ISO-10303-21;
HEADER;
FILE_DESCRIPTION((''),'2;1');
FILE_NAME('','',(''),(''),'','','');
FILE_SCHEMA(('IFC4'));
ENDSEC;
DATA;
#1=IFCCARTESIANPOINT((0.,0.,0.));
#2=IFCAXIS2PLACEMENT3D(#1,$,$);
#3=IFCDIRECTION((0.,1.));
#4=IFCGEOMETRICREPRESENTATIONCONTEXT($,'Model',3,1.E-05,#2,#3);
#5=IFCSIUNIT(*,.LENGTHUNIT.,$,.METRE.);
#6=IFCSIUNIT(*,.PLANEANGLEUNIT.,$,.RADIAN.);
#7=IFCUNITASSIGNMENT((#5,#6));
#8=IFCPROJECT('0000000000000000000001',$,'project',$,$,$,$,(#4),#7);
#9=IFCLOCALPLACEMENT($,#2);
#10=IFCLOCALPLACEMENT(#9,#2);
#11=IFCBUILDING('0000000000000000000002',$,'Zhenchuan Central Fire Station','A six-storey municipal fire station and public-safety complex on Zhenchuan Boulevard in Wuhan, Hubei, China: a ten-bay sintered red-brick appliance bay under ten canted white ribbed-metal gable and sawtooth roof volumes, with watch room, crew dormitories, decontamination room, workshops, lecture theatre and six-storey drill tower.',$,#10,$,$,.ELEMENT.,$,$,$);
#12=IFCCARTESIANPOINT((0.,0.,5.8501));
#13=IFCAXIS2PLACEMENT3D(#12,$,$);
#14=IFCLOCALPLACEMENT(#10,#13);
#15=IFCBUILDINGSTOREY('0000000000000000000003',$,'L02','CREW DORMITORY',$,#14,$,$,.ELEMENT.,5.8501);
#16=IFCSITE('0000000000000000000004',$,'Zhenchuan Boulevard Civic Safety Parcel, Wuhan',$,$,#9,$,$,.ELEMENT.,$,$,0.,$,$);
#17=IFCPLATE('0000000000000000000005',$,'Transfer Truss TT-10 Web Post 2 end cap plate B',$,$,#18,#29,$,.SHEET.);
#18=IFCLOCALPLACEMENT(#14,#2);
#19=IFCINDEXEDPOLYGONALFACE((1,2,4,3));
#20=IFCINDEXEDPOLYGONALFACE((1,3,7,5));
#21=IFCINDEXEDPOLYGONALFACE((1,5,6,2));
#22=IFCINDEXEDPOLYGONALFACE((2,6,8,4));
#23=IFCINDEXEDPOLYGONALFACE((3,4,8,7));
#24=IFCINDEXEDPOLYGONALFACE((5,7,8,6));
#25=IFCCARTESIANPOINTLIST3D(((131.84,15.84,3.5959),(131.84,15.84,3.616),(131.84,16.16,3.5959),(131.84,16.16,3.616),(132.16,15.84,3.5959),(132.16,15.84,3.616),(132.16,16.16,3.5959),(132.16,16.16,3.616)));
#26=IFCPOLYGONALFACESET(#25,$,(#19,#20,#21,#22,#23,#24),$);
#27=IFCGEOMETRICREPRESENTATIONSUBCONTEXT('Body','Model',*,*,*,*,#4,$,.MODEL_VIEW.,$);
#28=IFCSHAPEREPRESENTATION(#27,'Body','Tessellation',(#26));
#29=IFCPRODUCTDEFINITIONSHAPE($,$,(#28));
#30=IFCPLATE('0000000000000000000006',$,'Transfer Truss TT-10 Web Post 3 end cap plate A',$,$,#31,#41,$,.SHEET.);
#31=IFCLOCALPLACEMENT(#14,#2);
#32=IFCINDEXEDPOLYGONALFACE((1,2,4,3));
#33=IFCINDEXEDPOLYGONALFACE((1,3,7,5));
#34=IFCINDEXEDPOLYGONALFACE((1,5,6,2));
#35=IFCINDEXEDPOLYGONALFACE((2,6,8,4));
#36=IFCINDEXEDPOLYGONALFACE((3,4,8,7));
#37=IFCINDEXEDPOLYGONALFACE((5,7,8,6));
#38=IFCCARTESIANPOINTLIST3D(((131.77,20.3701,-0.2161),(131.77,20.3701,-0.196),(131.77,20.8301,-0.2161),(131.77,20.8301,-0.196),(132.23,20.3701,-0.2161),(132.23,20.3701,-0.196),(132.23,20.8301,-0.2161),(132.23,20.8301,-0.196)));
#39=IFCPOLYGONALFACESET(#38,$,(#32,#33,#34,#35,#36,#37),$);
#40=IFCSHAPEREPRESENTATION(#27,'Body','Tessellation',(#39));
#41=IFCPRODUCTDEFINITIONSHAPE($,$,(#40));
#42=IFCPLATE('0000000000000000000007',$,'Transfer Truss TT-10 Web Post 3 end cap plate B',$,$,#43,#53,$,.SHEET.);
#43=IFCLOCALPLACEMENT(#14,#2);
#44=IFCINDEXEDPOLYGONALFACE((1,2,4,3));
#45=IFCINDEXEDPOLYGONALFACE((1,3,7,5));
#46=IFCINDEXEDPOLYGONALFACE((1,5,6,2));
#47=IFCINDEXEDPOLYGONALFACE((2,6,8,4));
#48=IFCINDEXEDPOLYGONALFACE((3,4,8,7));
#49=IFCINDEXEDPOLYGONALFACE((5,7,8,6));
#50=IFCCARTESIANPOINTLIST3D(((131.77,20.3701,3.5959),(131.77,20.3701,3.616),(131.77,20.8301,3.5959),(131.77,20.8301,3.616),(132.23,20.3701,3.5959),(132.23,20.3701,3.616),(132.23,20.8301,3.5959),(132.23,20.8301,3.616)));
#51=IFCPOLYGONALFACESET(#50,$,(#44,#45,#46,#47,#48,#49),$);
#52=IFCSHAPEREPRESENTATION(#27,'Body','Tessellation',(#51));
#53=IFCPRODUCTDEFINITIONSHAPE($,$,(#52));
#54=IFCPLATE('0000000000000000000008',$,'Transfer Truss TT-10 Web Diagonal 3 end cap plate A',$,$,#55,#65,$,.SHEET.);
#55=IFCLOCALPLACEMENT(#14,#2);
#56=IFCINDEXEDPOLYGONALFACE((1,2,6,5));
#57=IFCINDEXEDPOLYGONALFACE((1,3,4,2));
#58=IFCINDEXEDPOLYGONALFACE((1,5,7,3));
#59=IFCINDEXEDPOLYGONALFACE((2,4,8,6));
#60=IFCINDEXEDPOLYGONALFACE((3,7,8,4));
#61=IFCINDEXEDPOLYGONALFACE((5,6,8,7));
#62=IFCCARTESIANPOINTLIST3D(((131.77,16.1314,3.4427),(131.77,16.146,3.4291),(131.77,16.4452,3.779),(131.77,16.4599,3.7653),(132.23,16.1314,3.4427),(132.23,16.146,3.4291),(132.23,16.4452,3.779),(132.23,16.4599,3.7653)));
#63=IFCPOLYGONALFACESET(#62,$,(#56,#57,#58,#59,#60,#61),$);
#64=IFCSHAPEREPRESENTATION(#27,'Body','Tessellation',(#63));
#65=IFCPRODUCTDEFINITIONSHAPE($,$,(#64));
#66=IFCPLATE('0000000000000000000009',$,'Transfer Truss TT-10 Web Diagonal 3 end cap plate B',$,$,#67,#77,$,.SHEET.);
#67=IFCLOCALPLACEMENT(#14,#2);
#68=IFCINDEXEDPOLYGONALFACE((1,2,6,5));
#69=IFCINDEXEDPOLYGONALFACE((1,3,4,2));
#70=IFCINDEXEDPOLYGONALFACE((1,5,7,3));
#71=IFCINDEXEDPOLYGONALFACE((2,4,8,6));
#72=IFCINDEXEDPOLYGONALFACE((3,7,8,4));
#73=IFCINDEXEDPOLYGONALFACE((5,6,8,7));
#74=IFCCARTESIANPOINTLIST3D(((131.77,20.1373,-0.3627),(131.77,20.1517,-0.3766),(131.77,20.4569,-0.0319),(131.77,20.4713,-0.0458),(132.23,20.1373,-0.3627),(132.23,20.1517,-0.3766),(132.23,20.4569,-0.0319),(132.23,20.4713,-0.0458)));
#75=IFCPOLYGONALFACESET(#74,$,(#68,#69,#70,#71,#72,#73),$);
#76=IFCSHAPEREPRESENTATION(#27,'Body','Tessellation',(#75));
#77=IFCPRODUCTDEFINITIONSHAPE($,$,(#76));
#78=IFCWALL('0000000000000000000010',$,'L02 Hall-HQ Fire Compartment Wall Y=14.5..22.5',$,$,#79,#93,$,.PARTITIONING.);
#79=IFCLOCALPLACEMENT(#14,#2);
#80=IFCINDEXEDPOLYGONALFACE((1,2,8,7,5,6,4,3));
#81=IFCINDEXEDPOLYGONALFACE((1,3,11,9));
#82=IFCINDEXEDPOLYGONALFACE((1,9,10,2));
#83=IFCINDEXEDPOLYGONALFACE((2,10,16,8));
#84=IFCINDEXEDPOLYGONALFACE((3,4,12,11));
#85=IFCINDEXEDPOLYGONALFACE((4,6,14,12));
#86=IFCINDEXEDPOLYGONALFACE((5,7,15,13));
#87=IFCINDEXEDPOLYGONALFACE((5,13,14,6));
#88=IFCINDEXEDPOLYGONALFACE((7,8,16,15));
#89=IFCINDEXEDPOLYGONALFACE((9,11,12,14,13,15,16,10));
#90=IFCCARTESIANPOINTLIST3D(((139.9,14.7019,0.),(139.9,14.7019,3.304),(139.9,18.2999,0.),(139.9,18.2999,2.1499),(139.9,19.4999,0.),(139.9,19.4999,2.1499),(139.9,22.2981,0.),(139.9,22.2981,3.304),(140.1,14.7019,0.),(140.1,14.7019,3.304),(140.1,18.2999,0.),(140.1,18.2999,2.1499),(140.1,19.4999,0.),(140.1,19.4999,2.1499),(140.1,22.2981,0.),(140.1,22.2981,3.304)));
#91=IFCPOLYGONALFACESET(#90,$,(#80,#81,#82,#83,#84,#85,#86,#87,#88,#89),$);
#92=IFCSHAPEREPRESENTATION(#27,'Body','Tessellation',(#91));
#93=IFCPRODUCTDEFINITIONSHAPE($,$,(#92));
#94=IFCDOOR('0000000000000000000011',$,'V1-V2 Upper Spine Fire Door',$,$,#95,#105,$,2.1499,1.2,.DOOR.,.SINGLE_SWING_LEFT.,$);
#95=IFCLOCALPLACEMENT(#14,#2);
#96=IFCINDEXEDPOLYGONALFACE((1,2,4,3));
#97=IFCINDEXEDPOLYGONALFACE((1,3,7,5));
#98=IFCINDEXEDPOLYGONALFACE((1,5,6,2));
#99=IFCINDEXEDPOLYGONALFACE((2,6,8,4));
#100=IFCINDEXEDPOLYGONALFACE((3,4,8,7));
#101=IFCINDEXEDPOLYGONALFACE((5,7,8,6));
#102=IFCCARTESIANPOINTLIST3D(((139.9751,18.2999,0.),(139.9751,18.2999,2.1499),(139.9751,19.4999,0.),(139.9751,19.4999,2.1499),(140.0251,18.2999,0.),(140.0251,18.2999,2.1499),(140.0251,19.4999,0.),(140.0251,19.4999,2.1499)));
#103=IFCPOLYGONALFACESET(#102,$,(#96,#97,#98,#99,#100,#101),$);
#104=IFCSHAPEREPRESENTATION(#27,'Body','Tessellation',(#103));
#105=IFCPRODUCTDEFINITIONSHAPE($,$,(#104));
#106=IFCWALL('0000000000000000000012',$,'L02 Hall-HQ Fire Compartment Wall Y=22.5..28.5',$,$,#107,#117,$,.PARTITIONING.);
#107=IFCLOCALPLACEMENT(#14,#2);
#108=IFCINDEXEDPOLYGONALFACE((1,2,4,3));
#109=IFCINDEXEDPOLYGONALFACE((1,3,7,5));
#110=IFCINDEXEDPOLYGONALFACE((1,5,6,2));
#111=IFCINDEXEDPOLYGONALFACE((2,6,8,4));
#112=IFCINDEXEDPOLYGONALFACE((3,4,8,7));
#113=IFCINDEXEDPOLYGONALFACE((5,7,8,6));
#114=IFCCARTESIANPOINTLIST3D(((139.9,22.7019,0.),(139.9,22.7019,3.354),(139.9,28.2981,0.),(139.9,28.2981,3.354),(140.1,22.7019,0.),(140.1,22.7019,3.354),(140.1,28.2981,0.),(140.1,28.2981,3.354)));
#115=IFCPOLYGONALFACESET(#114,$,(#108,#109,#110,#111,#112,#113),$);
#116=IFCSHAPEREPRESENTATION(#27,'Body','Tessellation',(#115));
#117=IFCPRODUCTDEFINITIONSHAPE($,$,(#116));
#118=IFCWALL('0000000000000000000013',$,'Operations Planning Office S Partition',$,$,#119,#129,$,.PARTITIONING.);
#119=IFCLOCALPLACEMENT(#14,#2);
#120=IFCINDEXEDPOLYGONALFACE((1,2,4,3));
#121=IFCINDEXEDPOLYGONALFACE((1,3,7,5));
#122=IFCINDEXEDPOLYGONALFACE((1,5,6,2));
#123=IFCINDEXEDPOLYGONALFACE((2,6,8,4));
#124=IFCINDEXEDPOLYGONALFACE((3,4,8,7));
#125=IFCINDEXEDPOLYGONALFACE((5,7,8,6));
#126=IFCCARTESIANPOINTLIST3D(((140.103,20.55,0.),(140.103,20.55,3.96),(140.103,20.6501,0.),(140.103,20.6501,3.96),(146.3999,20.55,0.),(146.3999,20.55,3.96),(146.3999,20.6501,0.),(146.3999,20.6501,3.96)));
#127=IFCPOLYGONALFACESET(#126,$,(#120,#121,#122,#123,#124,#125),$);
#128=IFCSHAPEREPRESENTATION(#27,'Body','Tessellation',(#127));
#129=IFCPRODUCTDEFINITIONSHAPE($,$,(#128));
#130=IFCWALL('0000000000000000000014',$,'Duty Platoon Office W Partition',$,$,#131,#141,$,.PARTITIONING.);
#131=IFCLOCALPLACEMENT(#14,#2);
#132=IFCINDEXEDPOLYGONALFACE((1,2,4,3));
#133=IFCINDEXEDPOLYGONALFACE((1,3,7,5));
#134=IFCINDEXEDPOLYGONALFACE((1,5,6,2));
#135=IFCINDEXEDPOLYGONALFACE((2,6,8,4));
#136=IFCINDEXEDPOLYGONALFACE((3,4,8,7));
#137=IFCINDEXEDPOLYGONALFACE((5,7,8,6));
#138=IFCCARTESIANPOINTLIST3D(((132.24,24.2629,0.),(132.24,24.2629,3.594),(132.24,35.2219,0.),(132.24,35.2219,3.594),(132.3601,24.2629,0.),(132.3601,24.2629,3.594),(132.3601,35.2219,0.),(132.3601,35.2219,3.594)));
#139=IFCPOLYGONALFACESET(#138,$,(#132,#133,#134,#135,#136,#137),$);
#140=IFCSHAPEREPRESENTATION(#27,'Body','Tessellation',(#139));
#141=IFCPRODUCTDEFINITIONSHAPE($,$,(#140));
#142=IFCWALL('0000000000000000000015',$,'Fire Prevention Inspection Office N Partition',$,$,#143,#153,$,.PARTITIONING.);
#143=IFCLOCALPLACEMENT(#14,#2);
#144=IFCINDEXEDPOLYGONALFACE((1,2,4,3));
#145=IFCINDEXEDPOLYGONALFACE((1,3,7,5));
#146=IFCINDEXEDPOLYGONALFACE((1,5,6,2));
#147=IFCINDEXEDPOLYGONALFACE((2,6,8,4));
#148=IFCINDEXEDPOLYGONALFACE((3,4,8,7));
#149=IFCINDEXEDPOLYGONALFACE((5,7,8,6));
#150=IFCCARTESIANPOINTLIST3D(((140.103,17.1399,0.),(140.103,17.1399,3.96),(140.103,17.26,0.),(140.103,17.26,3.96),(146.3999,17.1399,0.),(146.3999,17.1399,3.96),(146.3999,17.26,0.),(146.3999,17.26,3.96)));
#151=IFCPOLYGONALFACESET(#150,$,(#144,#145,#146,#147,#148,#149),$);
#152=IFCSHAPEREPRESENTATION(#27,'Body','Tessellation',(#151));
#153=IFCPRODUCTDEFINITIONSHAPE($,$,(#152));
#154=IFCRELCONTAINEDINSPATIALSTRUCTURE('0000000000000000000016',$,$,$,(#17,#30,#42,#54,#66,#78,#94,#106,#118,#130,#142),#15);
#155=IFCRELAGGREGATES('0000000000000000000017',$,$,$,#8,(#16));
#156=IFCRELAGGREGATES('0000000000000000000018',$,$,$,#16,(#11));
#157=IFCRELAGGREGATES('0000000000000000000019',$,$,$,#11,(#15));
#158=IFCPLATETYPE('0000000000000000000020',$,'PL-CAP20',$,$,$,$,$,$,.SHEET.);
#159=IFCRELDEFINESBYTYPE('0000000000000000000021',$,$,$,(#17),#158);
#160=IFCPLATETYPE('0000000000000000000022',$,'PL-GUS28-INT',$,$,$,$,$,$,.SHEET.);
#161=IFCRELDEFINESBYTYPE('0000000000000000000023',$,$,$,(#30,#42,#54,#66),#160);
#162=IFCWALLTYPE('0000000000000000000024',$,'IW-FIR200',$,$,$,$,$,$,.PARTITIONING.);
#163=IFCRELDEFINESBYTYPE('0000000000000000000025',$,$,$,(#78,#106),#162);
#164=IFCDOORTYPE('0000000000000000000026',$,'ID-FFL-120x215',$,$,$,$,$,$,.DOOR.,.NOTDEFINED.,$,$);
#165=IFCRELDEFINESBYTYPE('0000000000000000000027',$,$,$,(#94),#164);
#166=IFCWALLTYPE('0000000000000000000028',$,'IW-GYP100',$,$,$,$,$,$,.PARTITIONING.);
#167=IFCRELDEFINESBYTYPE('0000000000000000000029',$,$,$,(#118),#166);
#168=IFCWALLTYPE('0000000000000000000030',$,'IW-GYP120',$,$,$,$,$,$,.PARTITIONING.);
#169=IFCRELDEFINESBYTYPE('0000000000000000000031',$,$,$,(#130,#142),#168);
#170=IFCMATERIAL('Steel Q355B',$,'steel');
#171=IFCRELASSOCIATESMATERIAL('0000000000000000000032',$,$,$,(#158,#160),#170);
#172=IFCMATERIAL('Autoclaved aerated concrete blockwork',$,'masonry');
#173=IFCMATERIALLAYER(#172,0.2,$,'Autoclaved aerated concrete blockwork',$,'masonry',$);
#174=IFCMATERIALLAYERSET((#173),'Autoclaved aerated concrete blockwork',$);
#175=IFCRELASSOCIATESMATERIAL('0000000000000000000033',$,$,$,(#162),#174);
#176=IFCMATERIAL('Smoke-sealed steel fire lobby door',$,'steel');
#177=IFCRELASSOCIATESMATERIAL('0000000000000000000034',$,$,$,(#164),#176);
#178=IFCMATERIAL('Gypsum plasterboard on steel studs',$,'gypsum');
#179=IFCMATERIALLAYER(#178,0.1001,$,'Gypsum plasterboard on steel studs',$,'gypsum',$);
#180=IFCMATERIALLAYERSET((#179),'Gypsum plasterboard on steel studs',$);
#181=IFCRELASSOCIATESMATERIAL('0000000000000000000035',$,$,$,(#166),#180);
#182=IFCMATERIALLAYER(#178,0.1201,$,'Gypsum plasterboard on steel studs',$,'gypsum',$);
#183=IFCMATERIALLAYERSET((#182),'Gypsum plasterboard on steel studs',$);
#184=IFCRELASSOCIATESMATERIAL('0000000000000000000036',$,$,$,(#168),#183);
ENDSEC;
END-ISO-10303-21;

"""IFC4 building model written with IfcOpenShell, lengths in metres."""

from ifc_helpers import new_model, si_unit, direction, frame, frame_2d, origin, origin_2d, place, context, subcontext, project, spatial, rectangle, extrude, material, layer, layer_set, material_profile, profile_set, type_object, element, fill, save


model = new_model("IFC4")

# Units and contexts
model_context = context("Model", 3, precision=1e-05, world=origin(), true_north=direction((0.0, 1.0)))
body_context = subcontext(model_context, "Body", "Model", "MODEL_VIEW")
ifc_project = project(units=[si_unit("LENGTHUNIT", "METRE"), si_unit("PLANEANGLEUNIT", "RADIAN")], contexts=[model_context])

# Site, building, storey
site_placement = place(None, origin())
site = spatial("IfcSite", under=ifc_project, at=site_placement, Name="Zhenchuan Boulevard Civic Safety Parcel, Wuhan", CompositionType="ELEMENT", RefElevation=0.0)
building_placement = place(site_placement, origin())
building = spatial("IfcBuilding", under=site, at=building_placement, Name="Zhenchuan Central Fire Station", Description="A six-storey municipal fire station and public-safety complex on Zhenchuan Boulevard in Wuhan, Hubei, China: a ten-bay sintered red-brick appliance bay under ten canted white ribbed-metal gable and sawtooth roof volumes, with watch room, crew dormitories, decontamination room, workshops, lecture theatre and six-storey drill tower.", CompositionType="ELEMENT")
storey_placement = place(building_placement, frame((0.0, 0.0, 5.8501)))
storey = spatial("IfcBuildingStorey", under=building, at=storey_placement, Name="L02", Description="CREW DORMITORY", CompositionType="ELEMENT", Elevation=5.8501)

# Shared definitions
ifc_material_1 = material(Name="Steel Q355B", Category="steel")

# Plates
ifc_material_profile_1 = material_profile(ifc_material_1, rectangle(XDim=0.3201, YDim=0.3201, at=origin_2d()), Name="PL 320x320x20")
ifc_profile_set_1 = profile_set([ifc_material_profile_1], Name="Steel Q355B")
plate_type_1 = type_object("IfcPlateType", Name="PL-CAP20", PredefinedType="SHEET", material=ifc_profile_set_1)
for number, where, z_axis, x_axis, name in (
    (1, (132.0, 16.0, 3.5959), (0.0, 0.0, 1.0), (1.0, 0.0, 0.0), "Transfer Truss TT-10 Web Post 2 end cap plate B"),
):
    element("IfcPlate", number, at=place(storey_placement, frame(where, z_axis=z_axis, x_axis=x_axis)), inside=storey, type_object=plate_type_1, Name=name, PredefinedType="SHEET", context=body_context, shape_type="SweptSolid", body=[
        extrude(rectangle(XDim=0.3201, YDim=0.3201, at=origin_2d()), origin(), (0.0, 0.0, 1.0), 0.02),
    ])
ifc_material_profile_2 = material_profile(ifc_material_1, rectangle(XDim=0.46, YDim=0.46, at=origin_2d()), Name="PL 460x460x28")
ifc_profile_set_2 = profile_set([ifc_material_profile_2], Name="Steel Q355B")
plate_type_2 = type_object("IfcPlateType", Name="PL-GUS28-INT", PredefinedType="SHEET", material=ifc_profile_set_2)
for number, where, z_axis, x_axis, name in (
    (2, (132.0, 20.6001, -0.2161), (0.0, 0.0, 1.0), (1.0, 0.0, 0.0), "Transfer Truss TT-10 Web Post 3 end cap plate A"),
    (3, (132.0, 20.6001, 3.5959), (0.0, 0.0, 1.0), (1.0, 0.0, 0.0), "Transfer Truss TT-10 Web Post 3 end cap plate B"),
    (4, (132.0, 16.2883, 3.6108), (0.0, 0.731055, -0.682318), (-1.0, 0.0, 0.0), "Transfer Truss TT-10 Web Diagonal 3 end cap plate A"),
    (5, (132.0, 20.2971, -0.1973), (0.0, 0.719191, -0.694812), (-1.0, 0.0, 0.0), "Transfer Truss TT-10 Web Diagonal 3 end cap plate B"),
):
    element("IfcPlate", number, at=place(storey_placement, frame(where, z_axis=z_axis, x_axis=x_axis)), inside=storey, type_object=plate_type_2, Name=name, PredefinedType="SHEET", context=body_context, shape_type="SweptSolid", body=[
        extrude(rectangle(XDim=0.46, YDim=0.46, at=origin_2d()), origin(), (0.0, 0.0, 1.0), 0.02),
    ])

# Wall, opening, door
ifc_material_2 = material(Name="Autoclaved aerated concrete blockwork", Category="masonry")
ifc_layer_1 = layer(ifc_material_2, 0.2, Name="Autoclaved aerated concrete blockwork", Category="masonry")
ifc_layer_set_1 = layer_set([ifc_layer_1], Name="Autoclaved aerated concrete blockwork")
wall_type_1 = type_object("IfcWallType", Name="IW-FIR200", PredefinedType="PARTITIONING", material=ifc_layer_set_1)
wall_1_placement = place(storey_placement, frame((140.0, 14.7019, 0.0), z_axis=(0.0, 0.0, 1.0), x_axis=(0.0, 1.0, 0.0)))
wall_1 = element("IfcWall", 6, at=wall_1_placement, inside=storey, type_object=wall_type_1, Name="L02 Hall-HQ Fire Compartment Wall Y=14.5..22.5", PredefinedType="PARTITIONING", context=body_context, shape_type="SweptSolid", body=[
    extrude(rectangle(XDim=7.5962, YDim=0.2, at=frame_2d((3.7981, 0.0))), origin(), (0.0, 0.0, 1.0), 3.304),
])
opening_placement = place(wall_1_placement, frame((3.5979, 0.0, 0.0)))
opening = element("IfcOpeningElement", 7, at=opening_placement, cuts=wall_1, PredefinedType="OPENING", context=body_context, shape_type="SweptSolid", body=[
    extrude(rectangle(XDim=1.2, YDim=2.1499, at=frame_2d((0.6001, 1.075))), frame((0.0, 0.1099, 0.0), z_axis=(0.0, -1.0, 0.0), x_axis=(1.0, 0.0, 0.0)), (0.0, 0.0, 1.0), 0.22),
])
ifc_material_3 = material(Name="Smoke-sealed steel fire lobby door", Category="steel")
door_type = type_object("IfcDoorType", Name="ID-FFL-120x215", OperationType="NOTDEFINED", PredefinedType="DOOR", material=ifc_material_3)
door_placement = place(opening_placement, origin())
door = element("IfcDoor", 8, at=door_placement, inside=storey, type_object=door_type, Name="V1-V2 Upper Spine Fire Door", OperationType="SINGLE_SWING_LEFT", OverallHeight=2.1499, OverallWidth=1.2, PredefinedType="DOOR", context=body_context, shape_type="SweptSolid", body=[
    extrude(rectangle(XDim=1.2, YDim=2.1499, at=frame_2d((0.6001, 1.075))), frame((0.0, 0.0249, 0.0), z_axis=(0.0, -1.0, 0.0), x_axis=(1.0, 0.0, 0.0)), (0.0, 0.0, 1.0), 0.05),
])
fill(opening, door)

# Walls
wall_2_placement = place(storey_placement, frame((140.0, 22.7019, 0.0), z_axis=(0.0, 0.0, 1.0), x_axis=(0.0, 1.0, 0.0)))
element("IfcWall", 9, at=wall_2_placement, inside=storey, type_object=wall_type_1, Name="L02 Hall-HQ Fire Compartment Wall Y=22.5..28.5", PredefinedType="PARTITIONING", context=body_context, shape_type="SweptSolid", body=[
    extrude(rectangle(XDim=5.5962, YDim=0.2, at=frame_2d((2.7981, 0.0))), origin(), (0.0, 0.0, 1.0), 3.354),
])
ifc_material_4 = material(Name="Gypsum plasterboard on steel studs", Category="gypsum")
ifc_layer_2 = layer(ifc_material_4, 0.1001, Name="Gypsum plasterboard on steel studs", Category="gypsum")
ifc_layer_set_2 = layer_set([ifc_layer_2], Name="Gypsum plasterboard on steel studs")
wall_type_2 = type_object("IfcWallType", Name="IW-GYP100", PredefinedType="PARTITIONING", material=ifc_layer_set_2)
wall_3_placement = place(storey_placement, frame((140.103, 20.6001, 0.0), z_axis=(0.0, 0.0, 1.0), x_axis=(1.0, 0.0, 0.0)))
element("IfcWall", 10, at=wall_3_placement, inside=storey, type_object=wall_type_2, Name="Operations Planning Office S Partition", PredefinedType="PARTITIONING", context=body_context, shape_type="SweptSolid", body=[
    extrude(rectangle(XDim=6.2969, YDim=0.1001, at=frame_2d((3.1484, 0.0))), origin(), (0.0, 0.0, 1.0), 3.96),
])
ifc_layer_3 = layer(ifc_material_4, 0.1201, Name="Gypsum plasterboard on steel studs", Category="gypsum")
ifc_layer_set_3 = layer_set([ifc_layer_3], Name="Gypsum plasterboard on steel studs")
wall_type_3 = type_object("IfcWallType", Name="IW-GYP120", PredefinedType="PARTITIONING", material=ifc_layer_set_3)
wall_4_placement = place(storey_placement, frame((132.3, 24.2629, 0.0), z_axis=(0.0, 0.0, 1.0), x_axis=(0.0, 1.0, 0.0)))
element("IfcWall", 11, at=wall_4_placement, inside=storey, type_object=wall_type_3, Name="Duty Platoon Office W Partition", PredefinedType="PARTITIONING", context=body_context, shape_type="SweptSolid", body=[
    extrude(rectangle(XDim=10.959, YDim=0.1201, at=frame_2d((5.4795, 0.0))), origin(), (0.0, 0.0, 1.0), 3.594),
])
wall_5_placement = place(storey_placement, frame((140.103, 17.2, 0.0), z_axis=(0.0, 0.0, 1.0), x_axis=(1.0, 0.0, 0.0)))
element("IfcWall", 12, at=wall_5_placement, inside=storey, type_object=wall_type_3, Name="Fire Prevention Inspection Office N Partition", PredefinedType="PARTITIONING", context=body_context, shape_type="SweptSolid", body=[
    extrude(rectangle(XDim=6.2969, YDim=0.1201, at=frame_2d((3.1484, 0.0))), origin(), (0.0, 0.0, 1.0), 3.96),
])

save(model, "model.ifc")
